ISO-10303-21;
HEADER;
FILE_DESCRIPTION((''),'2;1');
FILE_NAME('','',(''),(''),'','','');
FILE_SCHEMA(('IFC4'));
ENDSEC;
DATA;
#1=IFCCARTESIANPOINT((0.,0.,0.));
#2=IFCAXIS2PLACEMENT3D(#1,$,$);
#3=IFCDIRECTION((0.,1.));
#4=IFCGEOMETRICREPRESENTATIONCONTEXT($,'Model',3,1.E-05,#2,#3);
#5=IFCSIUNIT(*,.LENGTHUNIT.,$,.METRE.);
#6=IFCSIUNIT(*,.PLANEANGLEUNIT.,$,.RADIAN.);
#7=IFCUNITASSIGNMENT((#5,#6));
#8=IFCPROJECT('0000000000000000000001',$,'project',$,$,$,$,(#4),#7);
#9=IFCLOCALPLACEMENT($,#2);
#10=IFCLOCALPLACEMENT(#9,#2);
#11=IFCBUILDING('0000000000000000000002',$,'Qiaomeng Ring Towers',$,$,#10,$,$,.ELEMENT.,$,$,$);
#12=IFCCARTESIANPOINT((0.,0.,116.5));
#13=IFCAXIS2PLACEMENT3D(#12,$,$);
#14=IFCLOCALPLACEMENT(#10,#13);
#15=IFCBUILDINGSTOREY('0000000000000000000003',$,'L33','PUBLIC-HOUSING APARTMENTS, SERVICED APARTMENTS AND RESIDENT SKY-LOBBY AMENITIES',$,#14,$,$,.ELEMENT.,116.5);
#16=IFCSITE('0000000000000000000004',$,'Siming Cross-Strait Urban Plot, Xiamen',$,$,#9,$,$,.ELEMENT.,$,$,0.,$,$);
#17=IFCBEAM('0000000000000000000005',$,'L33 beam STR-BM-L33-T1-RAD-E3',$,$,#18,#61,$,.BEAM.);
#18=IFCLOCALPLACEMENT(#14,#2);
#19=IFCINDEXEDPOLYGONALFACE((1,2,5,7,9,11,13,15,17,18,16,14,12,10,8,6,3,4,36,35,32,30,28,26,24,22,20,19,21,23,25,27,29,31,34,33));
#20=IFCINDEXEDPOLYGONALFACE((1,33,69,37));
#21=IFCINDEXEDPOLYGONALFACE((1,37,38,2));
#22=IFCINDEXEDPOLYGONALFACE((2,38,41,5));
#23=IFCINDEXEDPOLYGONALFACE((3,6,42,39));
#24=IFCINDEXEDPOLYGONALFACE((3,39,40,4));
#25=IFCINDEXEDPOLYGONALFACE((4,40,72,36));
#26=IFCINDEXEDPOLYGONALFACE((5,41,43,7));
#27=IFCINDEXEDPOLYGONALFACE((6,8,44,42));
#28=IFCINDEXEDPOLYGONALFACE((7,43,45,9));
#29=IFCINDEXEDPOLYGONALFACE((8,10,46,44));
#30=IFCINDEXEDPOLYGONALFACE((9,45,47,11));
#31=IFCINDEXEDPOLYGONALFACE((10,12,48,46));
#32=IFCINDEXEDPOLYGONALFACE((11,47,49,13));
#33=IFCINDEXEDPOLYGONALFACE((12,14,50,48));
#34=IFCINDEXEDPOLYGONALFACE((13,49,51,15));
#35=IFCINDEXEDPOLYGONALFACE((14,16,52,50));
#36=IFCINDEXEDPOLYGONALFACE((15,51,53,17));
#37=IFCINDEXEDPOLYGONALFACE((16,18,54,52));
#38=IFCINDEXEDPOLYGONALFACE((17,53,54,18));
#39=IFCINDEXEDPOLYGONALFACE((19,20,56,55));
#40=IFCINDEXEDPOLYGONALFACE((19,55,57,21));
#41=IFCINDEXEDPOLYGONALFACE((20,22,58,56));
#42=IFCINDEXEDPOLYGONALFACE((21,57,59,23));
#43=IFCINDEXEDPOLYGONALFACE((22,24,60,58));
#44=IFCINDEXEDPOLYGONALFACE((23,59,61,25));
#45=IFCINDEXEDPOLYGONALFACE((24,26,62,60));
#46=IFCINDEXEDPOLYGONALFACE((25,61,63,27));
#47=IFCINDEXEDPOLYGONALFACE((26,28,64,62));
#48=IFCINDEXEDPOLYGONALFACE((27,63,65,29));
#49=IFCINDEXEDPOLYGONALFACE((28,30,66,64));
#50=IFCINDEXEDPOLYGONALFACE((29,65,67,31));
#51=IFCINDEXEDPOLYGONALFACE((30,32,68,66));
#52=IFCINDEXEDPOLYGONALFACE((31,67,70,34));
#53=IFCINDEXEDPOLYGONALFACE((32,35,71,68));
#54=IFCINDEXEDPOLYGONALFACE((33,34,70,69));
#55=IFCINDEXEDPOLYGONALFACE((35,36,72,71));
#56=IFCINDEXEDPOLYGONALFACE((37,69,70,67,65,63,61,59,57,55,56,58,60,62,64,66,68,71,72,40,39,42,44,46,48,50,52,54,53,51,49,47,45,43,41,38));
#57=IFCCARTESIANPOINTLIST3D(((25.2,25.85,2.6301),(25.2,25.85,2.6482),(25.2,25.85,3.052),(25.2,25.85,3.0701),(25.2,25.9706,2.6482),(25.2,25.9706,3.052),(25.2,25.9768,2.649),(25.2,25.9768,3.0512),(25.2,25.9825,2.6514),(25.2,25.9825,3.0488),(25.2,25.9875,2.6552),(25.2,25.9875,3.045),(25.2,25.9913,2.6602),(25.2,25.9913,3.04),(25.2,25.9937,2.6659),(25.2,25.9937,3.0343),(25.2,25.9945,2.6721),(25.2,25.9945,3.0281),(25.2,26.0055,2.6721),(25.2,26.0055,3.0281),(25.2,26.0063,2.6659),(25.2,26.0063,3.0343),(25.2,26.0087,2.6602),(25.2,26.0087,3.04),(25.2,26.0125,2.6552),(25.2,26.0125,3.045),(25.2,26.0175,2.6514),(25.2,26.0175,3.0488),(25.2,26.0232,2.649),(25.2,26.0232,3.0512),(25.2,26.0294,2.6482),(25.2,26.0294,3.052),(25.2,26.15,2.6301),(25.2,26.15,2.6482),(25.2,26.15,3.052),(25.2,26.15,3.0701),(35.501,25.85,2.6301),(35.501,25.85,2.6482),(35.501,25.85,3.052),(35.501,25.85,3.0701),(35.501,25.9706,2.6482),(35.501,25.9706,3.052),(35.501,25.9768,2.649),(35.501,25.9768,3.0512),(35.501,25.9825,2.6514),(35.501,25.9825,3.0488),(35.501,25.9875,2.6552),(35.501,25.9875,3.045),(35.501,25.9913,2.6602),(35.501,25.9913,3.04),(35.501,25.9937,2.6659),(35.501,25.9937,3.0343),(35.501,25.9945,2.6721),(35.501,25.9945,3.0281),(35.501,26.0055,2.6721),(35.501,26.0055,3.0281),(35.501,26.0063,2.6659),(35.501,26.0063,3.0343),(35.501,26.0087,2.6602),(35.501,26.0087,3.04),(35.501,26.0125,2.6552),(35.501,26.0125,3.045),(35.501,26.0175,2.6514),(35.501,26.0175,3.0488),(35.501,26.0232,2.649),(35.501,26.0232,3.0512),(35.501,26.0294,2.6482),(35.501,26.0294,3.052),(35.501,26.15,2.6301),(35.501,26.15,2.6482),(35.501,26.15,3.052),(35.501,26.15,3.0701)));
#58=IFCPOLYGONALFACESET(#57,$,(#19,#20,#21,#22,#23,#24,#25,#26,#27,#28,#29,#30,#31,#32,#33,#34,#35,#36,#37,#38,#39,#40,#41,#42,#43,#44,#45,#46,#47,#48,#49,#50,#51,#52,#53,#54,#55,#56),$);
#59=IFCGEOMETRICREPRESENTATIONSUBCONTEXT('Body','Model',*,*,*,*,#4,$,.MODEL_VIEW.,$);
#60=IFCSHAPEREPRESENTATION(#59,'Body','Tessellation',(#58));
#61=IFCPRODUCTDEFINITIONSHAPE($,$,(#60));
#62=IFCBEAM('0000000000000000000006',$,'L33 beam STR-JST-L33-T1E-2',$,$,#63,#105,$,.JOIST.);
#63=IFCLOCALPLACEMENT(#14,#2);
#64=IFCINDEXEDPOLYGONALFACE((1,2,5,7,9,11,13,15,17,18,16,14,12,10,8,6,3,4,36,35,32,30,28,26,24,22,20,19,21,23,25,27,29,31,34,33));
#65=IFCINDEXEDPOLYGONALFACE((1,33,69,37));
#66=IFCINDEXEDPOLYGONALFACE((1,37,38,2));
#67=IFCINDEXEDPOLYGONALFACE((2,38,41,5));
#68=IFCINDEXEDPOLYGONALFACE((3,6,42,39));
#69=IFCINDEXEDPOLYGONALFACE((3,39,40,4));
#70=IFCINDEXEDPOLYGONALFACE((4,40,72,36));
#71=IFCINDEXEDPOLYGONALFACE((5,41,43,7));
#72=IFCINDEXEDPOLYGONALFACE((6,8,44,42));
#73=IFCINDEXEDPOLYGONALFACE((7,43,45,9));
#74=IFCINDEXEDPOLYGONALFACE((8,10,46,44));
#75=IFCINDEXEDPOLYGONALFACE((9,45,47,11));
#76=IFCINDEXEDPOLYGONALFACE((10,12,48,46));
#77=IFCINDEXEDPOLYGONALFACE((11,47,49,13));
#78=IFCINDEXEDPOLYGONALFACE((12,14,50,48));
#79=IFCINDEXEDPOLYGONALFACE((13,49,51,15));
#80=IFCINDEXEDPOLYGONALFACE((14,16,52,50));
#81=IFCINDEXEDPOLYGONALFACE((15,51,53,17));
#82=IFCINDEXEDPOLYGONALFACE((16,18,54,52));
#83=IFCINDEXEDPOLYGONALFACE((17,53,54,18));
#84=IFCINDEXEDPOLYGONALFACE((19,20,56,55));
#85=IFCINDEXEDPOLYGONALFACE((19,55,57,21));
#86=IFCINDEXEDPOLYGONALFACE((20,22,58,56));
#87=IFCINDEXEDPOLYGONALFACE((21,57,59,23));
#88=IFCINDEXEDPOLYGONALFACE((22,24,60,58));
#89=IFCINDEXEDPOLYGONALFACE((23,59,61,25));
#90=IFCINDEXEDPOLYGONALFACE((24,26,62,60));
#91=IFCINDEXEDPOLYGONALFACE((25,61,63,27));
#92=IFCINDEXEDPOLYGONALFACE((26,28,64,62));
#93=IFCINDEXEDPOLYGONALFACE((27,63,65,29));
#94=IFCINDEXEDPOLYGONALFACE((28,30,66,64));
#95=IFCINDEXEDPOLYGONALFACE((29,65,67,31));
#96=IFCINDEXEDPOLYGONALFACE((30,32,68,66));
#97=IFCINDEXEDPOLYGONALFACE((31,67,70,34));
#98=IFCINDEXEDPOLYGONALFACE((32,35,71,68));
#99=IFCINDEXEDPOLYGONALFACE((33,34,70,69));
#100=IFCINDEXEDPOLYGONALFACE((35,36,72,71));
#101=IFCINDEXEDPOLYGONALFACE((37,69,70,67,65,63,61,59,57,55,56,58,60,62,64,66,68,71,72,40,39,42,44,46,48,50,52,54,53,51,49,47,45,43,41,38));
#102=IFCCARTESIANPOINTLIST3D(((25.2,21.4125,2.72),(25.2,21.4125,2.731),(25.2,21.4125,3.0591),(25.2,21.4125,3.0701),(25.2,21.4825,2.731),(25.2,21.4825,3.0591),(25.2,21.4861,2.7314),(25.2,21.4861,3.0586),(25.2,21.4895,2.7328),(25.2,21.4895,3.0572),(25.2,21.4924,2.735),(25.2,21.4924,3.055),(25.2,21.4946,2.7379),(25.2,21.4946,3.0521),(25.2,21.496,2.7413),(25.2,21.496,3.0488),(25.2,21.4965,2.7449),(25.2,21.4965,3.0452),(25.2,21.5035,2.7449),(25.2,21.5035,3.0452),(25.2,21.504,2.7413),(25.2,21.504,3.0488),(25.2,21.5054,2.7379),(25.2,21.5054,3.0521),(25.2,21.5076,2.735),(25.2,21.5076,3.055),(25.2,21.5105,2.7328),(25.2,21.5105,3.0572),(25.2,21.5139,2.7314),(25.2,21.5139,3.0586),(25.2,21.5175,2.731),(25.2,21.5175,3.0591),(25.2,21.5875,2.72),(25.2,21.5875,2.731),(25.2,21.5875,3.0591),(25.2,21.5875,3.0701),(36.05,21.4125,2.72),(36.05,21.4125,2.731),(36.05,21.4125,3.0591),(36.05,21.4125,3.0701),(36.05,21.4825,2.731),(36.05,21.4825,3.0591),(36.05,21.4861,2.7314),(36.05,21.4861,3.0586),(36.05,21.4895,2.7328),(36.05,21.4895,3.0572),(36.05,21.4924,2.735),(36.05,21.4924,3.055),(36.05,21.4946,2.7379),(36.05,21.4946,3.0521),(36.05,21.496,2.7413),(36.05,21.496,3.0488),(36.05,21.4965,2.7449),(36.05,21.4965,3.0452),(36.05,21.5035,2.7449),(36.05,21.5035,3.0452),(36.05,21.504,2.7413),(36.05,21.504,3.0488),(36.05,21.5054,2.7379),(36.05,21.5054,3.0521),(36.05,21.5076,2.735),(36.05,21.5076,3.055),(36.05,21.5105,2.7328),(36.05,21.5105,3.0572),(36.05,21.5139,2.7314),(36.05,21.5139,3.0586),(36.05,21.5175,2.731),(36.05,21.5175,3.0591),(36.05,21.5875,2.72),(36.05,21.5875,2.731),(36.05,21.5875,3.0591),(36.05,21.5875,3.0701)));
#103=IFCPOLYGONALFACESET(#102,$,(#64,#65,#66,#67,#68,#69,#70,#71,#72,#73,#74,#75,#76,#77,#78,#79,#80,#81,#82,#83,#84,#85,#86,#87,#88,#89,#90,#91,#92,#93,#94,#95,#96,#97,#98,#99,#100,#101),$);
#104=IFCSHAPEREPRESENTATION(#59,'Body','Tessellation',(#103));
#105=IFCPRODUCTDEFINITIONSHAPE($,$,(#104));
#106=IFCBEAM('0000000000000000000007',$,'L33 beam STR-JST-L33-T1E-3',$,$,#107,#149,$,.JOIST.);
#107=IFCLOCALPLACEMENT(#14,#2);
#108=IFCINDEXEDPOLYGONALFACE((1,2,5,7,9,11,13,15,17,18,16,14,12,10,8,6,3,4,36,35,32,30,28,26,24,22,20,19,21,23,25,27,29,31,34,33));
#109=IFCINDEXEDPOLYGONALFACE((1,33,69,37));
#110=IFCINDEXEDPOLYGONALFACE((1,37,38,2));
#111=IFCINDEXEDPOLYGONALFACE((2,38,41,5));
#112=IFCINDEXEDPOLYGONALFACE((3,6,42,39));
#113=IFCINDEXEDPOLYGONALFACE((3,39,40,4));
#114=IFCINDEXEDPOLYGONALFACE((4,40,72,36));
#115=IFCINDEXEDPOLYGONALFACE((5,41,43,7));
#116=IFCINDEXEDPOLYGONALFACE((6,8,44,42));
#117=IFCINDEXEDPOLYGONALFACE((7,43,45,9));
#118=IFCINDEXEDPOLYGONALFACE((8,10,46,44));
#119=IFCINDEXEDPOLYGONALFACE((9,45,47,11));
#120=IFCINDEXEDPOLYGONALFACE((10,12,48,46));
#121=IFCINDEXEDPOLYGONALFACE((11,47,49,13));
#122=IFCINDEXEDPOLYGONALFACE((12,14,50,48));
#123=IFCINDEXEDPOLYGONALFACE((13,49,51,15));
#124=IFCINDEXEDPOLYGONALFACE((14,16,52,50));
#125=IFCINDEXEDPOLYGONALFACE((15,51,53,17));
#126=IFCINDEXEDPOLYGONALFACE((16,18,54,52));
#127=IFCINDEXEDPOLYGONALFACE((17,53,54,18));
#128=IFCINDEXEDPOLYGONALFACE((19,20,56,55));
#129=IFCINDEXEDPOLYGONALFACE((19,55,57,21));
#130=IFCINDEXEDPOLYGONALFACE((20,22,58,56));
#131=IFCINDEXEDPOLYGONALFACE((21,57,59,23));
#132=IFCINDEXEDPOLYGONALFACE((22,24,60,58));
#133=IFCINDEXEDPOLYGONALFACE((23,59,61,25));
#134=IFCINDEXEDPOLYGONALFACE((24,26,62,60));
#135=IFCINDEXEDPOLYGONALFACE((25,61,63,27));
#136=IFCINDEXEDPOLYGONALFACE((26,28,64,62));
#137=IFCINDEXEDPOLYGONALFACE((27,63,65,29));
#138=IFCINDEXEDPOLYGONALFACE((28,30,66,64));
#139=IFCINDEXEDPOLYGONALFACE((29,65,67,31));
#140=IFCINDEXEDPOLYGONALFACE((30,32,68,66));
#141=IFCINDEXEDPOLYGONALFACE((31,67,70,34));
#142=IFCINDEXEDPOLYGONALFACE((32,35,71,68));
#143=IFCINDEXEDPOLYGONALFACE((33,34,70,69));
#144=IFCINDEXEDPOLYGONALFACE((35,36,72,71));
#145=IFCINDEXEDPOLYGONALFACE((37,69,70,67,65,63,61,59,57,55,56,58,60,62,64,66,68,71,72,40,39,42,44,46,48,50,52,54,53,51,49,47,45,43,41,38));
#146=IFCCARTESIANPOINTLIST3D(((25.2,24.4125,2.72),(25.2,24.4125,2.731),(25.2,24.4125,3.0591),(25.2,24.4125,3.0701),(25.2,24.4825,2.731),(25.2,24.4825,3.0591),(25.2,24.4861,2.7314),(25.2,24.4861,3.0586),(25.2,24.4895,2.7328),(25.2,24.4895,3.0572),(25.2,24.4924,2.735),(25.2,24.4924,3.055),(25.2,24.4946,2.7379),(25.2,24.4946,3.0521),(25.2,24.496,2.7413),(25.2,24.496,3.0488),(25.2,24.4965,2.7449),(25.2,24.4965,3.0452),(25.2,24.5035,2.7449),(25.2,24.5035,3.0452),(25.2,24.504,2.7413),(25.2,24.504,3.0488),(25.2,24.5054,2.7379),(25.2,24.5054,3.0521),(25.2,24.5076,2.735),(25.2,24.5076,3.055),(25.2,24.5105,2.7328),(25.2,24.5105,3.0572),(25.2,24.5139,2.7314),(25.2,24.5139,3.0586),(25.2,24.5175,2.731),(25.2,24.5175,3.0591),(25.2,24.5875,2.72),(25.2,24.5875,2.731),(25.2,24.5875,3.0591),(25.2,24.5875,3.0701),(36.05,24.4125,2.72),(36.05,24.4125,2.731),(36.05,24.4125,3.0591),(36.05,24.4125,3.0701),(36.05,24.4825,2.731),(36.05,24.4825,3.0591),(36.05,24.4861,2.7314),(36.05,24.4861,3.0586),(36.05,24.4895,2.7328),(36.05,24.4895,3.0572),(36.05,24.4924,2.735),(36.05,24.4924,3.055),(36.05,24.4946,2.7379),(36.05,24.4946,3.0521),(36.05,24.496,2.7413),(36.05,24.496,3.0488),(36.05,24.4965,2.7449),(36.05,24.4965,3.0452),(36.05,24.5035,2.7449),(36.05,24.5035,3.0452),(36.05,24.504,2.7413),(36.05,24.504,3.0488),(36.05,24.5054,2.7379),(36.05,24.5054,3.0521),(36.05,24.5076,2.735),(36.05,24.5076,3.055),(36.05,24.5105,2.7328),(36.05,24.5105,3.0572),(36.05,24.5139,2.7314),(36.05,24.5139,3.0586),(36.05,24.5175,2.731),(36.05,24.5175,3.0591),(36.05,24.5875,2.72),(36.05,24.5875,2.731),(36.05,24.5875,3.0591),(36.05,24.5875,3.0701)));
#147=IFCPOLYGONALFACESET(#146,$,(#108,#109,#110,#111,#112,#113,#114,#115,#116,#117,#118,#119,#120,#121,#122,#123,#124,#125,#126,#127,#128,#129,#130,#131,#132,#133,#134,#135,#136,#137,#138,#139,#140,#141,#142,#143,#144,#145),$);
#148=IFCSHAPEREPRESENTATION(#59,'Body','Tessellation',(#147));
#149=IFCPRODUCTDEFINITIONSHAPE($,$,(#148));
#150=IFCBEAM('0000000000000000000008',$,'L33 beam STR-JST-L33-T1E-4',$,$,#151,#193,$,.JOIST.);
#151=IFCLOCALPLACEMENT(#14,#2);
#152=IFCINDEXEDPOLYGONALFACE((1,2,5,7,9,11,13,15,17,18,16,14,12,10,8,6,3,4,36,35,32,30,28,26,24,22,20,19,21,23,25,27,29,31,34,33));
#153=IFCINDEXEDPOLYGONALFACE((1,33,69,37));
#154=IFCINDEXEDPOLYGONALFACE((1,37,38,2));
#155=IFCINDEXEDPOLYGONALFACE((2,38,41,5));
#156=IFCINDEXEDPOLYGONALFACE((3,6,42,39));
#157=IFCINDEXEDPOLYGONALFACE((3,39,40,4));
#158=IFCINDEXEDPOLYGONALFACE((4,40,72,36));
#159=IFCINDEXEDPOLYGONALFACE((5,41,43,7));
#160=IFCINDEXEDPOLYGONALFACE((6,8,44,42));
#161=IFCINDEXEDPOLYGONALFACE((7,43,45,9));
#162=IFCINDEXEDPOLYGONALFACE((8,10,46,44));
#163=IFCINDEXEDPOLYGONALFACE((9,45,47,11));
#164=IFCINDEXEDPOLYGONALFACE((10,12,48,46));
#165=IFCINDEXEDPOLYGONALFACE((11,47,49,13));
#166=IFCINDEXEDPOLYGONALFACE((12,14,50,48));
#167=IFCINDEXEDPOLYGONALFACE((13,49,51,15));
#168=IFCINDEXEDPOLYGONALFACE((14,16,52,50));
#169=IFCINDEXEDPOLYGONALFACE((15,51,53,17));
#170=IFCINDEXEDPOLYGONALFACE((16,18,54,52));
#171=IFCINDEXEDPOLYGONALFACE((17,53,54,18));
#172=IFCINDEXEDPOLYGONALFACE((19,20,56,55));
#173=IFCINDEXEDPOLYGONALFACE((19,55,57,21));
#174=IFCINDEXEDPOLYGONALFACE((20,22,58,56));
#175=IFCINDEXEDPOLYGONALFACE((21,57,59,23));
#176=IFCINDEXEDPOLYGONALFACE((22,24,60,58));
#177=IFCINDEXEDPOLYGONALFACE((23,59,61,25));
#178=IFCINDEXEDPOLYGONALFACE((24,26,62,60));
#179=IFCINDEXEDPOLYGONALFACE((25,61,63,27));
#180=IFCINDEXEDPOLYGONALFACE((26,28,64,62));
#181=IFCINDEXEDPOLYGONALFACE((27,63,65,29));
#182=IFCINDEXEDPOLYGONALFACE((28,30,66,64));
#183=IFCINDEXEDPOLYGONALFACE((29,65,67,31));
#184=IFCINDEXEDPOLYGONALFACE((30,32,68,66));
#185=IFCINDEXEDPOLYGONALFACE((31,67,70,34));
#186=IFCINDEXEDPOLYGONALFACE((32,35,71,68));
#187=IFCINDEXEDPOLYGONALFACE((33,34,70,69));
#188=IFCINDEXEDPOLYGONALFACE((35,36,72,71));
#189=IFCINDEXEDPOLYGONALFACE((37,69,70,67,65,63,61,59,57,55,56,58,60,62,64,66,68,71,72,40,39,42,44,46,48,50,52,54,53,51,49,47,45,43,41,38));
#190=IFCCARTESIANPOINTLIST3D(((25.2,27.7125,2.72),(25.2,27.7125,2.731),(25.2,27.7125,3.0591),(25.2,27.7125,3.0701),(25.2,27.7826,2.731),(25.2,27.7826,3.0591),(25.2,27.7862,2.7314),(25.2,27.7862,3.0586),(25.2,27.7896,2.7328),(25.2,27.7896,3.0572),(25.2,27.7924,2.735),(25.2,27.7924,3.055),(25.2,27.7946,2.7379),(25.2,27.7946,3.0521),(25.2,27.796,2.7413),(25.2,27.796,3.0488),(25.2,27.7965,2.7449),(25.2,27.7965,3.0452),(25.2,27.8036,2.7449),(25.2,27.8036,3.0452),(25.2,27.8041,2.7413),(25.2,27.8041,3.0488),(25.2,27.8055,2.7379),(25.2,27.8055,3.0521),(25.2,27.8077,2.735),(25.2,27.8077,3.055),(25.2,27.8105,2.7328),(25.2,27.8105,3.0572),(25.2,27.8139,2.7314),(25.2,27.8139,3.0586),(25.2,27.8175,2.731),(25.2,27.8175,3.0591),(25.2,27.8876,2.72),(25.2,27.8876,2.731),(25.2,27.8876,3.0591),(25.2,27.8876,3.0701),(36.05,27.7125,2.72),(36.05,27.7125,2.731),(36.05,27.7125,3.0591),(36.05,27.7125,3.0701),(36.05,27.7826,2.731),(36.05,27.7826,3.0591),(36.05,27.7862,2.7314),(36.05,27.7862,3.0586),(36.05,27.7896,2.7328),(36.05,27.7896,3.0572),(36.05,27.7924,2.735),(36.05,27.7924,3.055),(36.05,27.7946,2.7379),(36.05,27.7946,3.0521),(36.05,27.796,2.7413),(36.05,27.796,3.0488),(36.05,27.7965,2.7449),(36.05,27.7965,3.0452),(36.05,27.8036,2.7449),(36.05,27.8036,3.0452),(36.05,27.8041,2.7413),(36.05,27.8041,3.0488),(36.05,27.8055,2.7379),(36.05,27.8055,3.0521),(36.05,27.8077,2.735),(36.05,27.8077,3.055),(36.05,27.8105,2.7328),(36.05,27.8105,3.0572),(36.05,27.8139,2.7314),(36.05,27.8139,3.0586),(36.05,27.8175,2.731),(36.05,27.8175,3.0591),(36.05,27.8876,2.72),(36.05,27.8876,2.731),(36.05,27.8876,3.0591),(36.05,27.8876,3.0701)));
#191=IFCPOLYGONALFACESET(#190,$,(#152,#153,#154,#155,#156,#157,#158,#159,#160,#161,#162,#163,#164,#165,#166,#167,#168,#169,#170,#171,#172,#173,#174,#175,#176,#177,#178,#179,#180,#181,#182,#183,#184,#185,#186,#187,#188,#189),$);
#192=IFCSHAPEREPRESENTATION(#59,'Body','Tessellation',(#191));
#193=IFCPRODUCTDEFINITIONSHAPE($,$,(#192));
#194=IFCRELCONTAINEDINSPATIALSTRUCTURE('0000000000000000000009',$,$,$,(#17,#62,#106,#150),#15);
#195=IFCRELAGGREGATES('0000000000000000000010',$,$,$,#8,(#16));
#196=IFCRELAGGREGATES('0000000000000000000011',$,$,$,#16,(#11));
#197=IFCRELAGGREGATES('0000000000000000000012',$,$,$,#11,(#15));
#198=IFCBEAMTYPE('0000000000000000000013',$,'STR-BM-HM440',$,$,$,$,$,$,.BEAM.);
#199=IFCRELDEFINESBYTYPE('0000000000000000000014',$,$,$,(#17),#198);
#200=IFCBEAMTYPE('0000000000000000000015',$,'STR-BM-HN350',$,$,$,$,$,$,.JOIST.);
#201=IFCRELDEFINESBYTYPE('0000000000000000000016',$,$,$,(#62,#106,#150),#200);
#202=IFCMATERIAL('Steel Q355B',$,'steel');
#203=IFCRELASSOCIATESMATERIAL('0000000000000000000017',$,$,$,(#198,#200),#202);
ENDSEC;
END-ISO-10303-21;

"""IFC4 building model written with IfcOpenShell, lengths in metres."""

from ifc_helpers import new_model, si_unit, direction, frame, origin, origin_2d, place, context, subcontext, project, spatial, i_section, extrude, source, transform, mapped, material, material_profile, profile_set, type_object, element, save


model = new_model("IFC4")

# Units and contexts
model_context = context("Model", 3, precision=1e-05, world=origin(), true_north=direction((0.0, 1.0)))
body_context = subcontext(model_context, "Body", "Model", "MODEL_VIEW")
ifc_project = project(units=[si_unit("LENGTHUNIT", "METRE"), si_unit("PLANEANGLEUNIT", "RADIAN")], contexts=[model_context])

# Site, building, storey
site_placement = place(None, origin())
site = spatial("IfcSite", under=ifc_project, at=site_placement, Name="Siming Cross-Strait Urban Plot, Xiamen", CompositionType="ELEMENT", RefElevation=0.0)
building_placement = place(site_placement, origin())
building = spatial("IfcBuilding", under=site, at=building_placement, Name="Qiaomeng Ring Towers", CompositionType="ELEMENT")
storey_placement = place(building_placement, frame((0.0, 0.0, 116.5)))
storey = spatial("IfcBuildingStorey", under=building, at=storey_placement, Name="L33", Description="PUBLIC-HOUSING APARTMENTS, SERVICED APARTMENTS AND RESIDENT SKY-LOBBY AMENITIES", CompositionType="ELEMENT", Elevation=116.5)

# Beams
ifc_material_1 = material(Name="Steel Q355B", Category="steel")
ifc_material_profile_1 = material_profile(ifc_material_1, i_section(OverallWidth=0.3, OverallDepth=0.4399, WebThickness=0.011, FlangeThickness=0.0181, FilletRadius=0.0239, at=origin_2d()), Name="HM 440x300x11x18")
ifc_profile_set_1 = profile_set([ifc_material_profile_1], Name="Steel Q355B")
beam_type_1 = type_object("IfcBeamType", Name="STR-BM-HM440", PredefinedType="BEAM", material=ifc_profile_set_1)
shared_shape_1 = source(origin(), body_context, "Body", "SweptSolid", [
    extrude(i_section(OverallWidth=0.3, OverallDepth=0.4399, WebThickness=0.011, FlangeThickness=0.0181, FilletRadius=0.0239, at=origin_2d()), origin(), (0.0, 0.0, 1.0), 10.301),
])
beam_placement = place(storey_placement, frame((25.2, 26.0, 2.8501), z_axis=(1.0, 0.0, 0.0), x_axis=(0.0, 1.0, 0.0)))
element("IfcBeam", 1, at=beam_placement, inside=storey, type_object=beam_type_1, Name="L33 beam STR-BM-L33-T1-RAD-E3", PredefinedType="BEAM", context=body_context, shape_type="MappedRepresentation", body=[
    mapped(shared_shape_1, transform((0.0, 0.0, 0.0), x_axis=(1.0, 0.0, 0.0), y_axis=(0.0, 1.0, 0.0), z_axis=(0.0, 0.0, 1.0), scale=1.0)),
])
ifc_material_profile_2 = material_profile(ifc_material_1, i_section(OverallWidth=0.175, OverallDepth=0.3501, WebThickness=0.0071, FlangeThickness=0.011, FilletRadius=0.0139, at=origin_2d()), Name="HN 350x175x7x11")
ifc_profile_set_2 = profile_set([ifc_material_profile_2], Name="Steel Q355B")
beam_type_2 = type_object("IfcBeamType", Name="STR-BM-HN350", PredefinedType="JOIST", material=ifc_profile_set_2)
shared_shape_2 = source(origin(), body_context, "Body", "SweptSolid", [
    extrude(i_section(OverallWidth=0.175, OverallDepth=0.3501, WebThickness=0.0071, FlangeThickness=0.011, FilletRadius=0.0139, at=origin_2d()), origin(), (0.0, 0.0, 1.0), 10.8501),
])
for number, where, z_axis, x_axis, name in (
    (2, (25.2, 21.5, 2.895), (1.0, 0.0, 0.0), (0.0, 1.0, 0.0), "L33 beam STR-JST-L33-T1E-2"),
    (3, (25.2, 24.5, 2.895), (1.0, 0.0, 0.0), (0.0, 1.0, 0.0), "L33 beam STR-JST-L33-T1E-3"),
    (4, (25.2, 27.8, 2.895), (1.0, 0.0, 0.0), (0.0, 1.0, 0.0), "L33 beam STR-JST-L33-T1E-4"),
):
    element("IfcBeam", number, at=place(storey_placement, frame(where, z_axis=z_axis, x_axis=x_axis)), inside=storey, type_object=beam_type_2, Name=name, PredefinedType="JOIST", context=body_context, shape_type="MappedRepresentation", body=[
        mapped(shared_shape_2, transform((0.0, 0.0, 0.0), x_axis=(1.0, 0.0, 0.0), y_axis=(0.0, 1.0, 0.0), z_axis=(0.0, 0.0, 1.0), scale=1.0)),
    ])

save(model, "model.ifc")
